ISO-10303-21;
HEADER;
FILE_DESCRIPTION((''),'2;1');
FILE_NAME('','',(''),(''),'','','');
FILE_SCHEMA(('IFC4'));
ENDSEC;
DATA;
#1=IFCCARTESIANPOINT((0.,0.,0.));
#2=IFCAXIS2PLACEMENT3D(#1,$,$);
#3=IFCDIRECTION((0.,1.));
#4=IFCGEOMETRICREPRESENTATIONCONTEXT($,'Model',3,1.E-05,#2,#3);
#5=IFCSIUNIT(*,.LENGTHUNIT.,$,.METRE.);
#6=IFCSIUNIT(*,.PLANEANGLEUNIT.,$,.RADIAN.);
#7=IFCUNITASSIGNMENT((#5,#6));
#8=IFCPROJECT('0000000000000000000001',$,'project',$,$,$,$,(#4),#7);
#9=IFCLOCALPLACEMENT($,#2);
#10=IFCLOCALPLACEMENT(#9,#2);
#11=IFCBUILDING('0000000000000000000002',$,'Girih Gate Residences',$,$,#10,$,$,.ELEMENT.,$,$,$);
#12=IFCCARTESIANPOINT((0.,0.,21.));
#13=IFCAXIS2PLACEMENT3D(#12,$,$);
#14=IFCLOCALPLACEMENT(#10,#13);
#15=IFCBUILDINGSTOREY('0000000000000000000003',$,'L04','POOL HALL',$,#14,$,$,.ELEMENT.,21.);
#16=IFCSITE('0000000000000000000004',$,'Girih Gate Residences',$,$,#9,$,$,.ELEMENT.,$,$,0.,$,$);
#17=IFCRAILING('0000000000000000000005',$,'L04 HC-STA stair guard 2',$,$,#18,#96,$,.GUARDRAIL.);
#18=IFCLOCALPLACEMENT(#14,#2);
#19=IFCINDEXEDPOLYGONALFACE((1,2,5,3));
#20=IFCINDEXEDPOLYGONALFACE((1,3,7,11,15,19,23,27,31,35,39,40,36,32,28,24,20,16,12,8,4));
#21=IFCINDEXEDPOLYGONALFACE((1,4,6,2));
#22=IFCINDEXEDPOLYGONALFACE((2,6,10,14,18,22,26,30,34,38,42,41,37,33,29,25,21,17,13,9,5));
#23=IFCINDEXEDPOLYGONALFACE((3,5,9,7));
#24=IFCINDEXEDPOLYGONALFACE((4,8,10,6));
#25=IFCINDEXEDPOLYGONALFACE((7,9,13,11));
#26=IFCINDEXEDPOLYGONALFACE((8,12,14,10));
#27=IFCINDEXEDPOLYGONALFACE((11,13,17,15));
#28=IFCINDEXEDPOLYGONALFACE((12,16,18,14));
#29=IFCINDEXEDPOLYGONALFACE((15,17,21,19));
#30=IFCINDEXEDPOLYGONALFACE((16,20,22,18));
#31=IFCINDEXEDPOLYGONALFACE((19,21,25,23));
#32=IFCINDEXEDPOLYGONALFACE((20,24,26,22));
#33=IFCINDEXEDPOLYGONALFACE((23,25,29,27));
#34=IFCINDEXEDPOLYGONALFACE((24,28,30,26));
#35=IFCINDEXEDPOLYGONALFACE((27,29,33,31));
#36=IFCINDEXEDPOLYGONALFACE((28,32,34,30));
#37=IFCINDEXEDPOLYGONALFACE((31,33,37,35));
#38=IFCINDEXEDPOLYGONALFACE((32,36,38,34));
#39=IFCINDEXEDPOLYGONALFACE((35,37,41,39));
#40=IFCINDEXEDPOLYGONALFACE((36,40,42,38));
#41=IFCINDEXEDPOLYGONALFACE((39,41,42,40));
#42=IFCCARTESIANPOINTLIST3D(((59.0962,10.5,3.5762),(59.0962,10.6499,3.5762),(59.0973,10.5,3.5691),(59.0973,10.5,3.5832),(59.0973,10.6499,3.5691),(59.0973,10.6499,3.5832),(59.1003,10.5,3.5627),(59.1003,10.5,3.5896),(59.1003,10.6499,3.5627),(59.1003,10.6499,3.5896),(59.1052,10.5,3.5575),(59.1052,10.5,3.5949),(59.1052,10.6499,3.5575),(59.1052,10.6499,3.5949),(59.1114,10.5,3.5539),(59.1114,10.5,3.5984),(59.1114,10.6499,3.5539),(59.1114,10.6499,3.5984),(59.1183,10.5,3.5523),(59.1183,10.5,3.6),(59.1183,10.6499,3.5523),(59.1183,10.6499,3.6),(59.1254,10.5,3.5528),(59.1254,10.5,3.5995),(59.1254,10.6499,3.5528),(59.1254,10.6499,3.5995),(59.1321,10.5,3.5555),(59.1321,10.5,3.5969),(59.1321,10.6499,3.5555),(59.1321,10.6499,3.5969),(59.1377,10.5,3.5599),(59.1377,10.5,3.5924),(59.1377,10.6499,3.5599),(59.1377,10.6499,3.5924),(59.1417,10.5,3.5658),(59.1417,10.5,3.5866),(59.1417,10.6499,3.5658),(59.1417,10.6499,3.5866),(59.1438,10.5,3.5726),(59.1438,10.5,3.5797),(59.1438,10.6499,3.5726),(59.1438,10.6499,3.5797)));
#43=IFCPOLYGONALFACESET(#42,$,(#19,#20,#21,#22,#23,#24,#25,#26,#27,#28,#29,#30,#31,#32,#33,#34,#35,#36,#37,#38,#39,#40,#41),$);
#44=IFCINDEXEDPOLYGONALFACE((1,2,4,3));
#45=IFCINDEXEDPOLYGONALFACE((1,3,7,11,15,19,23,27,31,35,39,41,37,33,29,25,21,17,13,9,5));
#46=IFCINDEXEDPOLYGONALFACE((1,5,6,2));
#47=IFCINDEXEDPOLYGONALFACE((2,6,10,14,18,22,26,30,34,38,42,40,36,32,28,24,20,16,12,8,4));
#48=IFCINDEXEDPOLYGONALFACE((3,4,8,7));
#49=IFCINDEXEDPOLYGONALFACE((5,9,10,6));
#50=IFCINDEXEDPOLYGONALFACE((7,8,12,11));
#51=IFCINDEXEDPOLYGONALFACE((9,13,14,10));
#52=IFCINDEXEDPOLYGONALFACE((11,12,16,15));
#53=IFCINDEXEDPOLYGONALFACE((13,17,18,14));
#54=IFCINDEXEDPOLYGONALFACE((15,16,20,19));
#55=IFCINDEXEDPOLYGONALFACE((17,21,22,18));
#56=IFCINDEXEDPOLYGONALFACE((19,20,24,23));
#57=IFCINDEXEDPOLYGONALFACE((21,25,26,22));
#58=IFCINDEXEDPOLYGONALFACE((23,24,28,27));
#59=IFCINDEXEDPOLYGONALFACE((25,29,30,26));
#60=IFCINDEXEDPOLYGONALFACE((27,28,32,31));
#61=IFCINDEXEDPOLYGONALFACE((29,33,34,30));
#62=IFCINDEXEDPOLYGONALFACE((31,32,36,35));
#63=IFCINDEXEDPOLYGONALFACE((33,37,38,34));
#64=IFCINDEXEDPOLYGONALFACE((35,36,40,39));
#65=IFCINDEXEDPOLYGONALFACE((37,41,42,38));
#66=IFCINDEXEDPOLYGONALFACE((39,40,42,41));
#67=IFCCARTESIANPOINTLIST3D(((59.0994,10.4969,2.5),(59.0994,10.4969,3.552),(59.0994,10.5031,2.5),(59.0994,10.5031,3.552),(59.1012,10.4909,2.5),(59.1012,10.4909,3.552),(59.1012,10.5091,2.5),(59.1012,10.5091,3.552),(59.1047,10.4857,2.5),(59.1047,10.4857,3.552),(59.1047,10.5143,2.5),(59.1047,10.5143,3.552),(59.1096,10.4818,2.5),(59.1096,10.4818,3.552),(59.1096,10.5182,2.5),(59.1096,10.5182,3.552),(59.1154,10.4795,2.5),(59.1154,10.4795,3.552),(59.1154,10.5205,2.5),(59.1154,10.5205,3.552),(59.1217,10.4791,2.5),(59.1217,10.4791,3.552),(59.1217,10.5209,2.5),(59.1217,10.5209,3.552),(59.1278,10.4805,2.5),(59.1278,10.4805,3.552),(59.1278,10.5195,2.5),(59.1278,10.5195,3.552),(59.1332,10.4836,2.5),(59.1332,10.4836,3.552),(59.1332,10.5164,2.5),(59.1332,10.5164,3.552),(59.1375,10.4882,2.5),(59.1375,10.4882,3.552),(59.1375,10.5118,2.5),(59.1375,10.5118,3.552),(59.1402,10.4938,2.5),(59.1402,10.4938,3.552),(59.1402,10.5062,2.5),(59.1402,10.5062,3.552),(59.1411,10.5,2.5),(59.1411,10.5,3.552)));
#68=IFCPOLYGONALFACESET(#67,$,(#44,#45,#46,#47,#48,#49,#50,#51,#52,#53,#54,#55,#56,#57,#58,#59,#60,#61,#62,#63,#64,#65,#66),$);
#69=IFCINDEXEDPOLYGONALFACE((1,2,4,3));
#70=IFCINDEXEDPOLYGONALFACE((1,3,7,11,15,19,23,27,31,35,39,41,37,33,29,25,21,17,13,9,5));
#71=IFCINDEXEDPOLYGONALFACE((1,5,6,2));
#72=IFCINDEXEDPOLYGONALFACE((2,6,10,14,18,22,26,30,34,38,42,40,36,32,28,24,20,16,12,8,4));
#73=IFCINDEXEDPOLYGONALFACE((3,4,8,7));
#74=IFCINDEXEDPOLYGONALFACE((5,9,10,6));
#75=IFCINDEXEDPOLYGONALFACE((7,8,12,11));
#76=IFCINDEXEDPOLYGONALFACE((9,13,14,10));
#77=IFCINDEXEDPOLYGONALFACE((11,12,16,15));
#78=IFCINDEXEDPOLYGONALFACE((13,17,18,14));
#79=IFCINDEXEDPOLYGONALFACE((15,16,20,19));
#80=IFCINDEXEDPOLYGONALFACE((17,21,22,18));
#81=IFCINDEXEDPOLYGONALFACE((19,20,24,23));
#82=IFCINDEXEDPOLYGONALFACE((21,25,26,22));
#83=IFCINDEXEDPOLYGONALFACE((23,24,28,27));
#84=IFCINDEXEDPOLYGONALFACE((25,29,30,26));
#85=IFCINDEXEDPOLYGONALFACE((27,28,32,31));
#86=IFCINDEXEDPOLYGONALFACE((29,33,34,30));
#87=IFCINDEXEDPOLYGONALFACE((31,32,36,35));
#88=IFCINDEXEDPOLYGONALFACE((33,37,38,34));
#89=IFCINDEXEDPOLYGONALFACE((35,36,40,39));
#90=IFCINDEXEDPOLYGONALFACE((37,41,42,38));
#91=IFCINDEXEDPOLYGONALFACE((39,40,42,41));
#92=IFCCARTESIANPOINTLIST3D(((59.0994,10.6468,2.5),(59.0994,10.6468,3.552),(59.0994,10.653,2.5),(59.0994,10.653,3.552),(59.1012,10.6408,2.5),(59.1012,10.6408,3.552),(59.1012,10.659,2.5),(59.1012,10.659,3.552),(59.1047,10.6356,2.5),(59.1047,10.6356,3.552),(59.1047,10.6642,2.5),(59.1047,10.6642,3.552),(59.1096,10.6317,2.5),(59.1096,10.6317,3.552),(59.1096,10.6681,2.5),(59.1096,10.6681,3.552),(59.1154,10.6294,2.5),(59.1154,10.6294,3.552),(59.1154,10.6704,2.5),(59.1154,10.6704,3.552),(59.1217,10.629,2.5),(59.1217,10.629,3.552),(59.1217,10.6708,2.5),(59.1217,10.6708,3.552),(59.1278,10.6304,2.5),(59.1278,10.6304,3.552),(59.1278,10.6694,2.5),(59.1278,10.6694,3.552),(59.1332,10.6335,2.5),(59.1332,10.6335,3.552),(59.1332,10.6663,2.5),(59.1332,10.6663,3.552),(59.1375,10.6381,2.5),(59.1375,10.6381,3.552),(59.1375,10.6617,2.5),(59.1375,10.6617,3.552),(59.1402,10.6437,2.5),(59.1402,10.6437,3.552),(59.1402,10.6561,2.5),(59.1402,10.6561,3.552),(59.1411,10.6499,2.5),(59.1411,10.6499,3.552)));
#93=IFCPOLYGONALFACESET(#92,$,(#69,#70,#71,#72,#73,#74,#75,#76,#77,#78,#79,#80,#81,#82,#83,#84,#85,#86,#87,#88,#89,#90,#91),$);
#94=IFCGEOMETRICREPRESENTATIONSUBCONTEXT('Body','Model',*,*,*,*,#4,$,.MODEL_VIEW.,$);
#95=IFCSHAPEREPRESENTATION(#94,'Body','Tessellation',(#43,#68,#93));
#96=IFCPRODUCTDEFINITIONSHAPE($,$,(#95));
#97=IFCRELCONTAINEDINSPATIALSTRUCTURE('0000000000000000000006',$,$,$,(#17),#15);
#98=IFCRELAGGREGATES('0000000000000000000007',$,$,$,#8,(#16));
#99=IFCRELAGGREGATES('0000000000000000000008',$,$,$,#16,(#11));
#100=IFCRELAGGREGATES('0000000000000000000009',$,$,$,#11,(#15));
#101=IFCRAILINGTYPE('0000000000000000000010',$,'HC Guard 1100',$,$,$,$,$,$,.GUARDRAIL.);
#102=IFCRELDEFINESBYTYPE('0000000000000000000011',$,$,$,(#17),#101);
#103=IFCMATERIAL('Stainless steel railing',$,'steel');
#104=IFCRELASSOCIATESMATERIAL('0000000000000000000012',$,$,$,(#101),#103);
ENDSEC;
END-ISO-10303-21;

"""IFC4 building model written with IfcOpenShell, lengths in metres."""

from ifc_helpers import new_model, si_unit, direction, frame, origin, origin_2d, place, context, subcontext, project, spatial, circle, extrude, material, type_object, element, save


model = new_model("IFC4")

# Units and contexts
model_context = context("Model", 3, precision=1e-05, world=origin(), true_north=direction((0.0, 1.0)))
body_context = subcontext(model_context, "Body", "Model", "MODEL_VIEW")
ifc_project = project(units=[si_unit("LENGTHUNIT", "METRE"), si_unit("PLANEANGLEUNIT", "RADIAN")], contexts=[model_context])

# Site, building, storey
site_placement = place(None, origin())
site = spatial("IfcSite", under=ifc_project, at=site_placement, Name="Girih Gate Residences", CompositionType="ELEMENT", RefElevation=0.0)
building_placement = place(site_placement, origin())
building = spatial("IfcBuilding", under=site, at=building_placement, Name="Girih Gate Residences", CompositionType="ELEMENT")
storey_placement = place(building_placement, frame((0.0, 0.0, 21.0)))
storey = spatial("IfcBuildingStorey", under=building, at=storey_placement, Name="L04", Description="POOL HALL", CompositionType="ELEMENT", Elevation=21.0)

# Railing
ifc_material_1 = material(Name="Stainless steel railing", Category="steel")
railing_type_1 = type_object("IfcRailingType", Name="HC Guard 1100", PredefinedType="GUARDRAIL", material=ifc_material_1)
railing_1_placement = place(storey_placement, frame((59.1201, 10.5, 2.5)))
element("IfcRailing", 1, at=railing_1_placement, inside=storey, type_object=railing_type_1, Name="L04 HC-STA stair guard 2", PredefinedType="GUARDRAIL", context=body_context, shape_type="SweptSolid", body=[
    extrude(circle(Radius=0.0239, at=origin_2d()), frame((0.0, 0.0, 1.0762), z_axis=(0.0, 1.0, 0.0), x_axis=(-1.0, 0.0, 0.0)), (0.0, 0.0, 1.0), 0.1499),
    extrude(circle(Radius=0.021, at=origin_2d()), origin(), (0.0, 0.0, 1.0), 1.052),
    extrude(circle(Radius=0.021, at=origin_2d()), frame((0.0, 0.1499, 0.0)), (0.0, 0.0, 1.0), 1.052),
])

save(model, "model.ifc")
